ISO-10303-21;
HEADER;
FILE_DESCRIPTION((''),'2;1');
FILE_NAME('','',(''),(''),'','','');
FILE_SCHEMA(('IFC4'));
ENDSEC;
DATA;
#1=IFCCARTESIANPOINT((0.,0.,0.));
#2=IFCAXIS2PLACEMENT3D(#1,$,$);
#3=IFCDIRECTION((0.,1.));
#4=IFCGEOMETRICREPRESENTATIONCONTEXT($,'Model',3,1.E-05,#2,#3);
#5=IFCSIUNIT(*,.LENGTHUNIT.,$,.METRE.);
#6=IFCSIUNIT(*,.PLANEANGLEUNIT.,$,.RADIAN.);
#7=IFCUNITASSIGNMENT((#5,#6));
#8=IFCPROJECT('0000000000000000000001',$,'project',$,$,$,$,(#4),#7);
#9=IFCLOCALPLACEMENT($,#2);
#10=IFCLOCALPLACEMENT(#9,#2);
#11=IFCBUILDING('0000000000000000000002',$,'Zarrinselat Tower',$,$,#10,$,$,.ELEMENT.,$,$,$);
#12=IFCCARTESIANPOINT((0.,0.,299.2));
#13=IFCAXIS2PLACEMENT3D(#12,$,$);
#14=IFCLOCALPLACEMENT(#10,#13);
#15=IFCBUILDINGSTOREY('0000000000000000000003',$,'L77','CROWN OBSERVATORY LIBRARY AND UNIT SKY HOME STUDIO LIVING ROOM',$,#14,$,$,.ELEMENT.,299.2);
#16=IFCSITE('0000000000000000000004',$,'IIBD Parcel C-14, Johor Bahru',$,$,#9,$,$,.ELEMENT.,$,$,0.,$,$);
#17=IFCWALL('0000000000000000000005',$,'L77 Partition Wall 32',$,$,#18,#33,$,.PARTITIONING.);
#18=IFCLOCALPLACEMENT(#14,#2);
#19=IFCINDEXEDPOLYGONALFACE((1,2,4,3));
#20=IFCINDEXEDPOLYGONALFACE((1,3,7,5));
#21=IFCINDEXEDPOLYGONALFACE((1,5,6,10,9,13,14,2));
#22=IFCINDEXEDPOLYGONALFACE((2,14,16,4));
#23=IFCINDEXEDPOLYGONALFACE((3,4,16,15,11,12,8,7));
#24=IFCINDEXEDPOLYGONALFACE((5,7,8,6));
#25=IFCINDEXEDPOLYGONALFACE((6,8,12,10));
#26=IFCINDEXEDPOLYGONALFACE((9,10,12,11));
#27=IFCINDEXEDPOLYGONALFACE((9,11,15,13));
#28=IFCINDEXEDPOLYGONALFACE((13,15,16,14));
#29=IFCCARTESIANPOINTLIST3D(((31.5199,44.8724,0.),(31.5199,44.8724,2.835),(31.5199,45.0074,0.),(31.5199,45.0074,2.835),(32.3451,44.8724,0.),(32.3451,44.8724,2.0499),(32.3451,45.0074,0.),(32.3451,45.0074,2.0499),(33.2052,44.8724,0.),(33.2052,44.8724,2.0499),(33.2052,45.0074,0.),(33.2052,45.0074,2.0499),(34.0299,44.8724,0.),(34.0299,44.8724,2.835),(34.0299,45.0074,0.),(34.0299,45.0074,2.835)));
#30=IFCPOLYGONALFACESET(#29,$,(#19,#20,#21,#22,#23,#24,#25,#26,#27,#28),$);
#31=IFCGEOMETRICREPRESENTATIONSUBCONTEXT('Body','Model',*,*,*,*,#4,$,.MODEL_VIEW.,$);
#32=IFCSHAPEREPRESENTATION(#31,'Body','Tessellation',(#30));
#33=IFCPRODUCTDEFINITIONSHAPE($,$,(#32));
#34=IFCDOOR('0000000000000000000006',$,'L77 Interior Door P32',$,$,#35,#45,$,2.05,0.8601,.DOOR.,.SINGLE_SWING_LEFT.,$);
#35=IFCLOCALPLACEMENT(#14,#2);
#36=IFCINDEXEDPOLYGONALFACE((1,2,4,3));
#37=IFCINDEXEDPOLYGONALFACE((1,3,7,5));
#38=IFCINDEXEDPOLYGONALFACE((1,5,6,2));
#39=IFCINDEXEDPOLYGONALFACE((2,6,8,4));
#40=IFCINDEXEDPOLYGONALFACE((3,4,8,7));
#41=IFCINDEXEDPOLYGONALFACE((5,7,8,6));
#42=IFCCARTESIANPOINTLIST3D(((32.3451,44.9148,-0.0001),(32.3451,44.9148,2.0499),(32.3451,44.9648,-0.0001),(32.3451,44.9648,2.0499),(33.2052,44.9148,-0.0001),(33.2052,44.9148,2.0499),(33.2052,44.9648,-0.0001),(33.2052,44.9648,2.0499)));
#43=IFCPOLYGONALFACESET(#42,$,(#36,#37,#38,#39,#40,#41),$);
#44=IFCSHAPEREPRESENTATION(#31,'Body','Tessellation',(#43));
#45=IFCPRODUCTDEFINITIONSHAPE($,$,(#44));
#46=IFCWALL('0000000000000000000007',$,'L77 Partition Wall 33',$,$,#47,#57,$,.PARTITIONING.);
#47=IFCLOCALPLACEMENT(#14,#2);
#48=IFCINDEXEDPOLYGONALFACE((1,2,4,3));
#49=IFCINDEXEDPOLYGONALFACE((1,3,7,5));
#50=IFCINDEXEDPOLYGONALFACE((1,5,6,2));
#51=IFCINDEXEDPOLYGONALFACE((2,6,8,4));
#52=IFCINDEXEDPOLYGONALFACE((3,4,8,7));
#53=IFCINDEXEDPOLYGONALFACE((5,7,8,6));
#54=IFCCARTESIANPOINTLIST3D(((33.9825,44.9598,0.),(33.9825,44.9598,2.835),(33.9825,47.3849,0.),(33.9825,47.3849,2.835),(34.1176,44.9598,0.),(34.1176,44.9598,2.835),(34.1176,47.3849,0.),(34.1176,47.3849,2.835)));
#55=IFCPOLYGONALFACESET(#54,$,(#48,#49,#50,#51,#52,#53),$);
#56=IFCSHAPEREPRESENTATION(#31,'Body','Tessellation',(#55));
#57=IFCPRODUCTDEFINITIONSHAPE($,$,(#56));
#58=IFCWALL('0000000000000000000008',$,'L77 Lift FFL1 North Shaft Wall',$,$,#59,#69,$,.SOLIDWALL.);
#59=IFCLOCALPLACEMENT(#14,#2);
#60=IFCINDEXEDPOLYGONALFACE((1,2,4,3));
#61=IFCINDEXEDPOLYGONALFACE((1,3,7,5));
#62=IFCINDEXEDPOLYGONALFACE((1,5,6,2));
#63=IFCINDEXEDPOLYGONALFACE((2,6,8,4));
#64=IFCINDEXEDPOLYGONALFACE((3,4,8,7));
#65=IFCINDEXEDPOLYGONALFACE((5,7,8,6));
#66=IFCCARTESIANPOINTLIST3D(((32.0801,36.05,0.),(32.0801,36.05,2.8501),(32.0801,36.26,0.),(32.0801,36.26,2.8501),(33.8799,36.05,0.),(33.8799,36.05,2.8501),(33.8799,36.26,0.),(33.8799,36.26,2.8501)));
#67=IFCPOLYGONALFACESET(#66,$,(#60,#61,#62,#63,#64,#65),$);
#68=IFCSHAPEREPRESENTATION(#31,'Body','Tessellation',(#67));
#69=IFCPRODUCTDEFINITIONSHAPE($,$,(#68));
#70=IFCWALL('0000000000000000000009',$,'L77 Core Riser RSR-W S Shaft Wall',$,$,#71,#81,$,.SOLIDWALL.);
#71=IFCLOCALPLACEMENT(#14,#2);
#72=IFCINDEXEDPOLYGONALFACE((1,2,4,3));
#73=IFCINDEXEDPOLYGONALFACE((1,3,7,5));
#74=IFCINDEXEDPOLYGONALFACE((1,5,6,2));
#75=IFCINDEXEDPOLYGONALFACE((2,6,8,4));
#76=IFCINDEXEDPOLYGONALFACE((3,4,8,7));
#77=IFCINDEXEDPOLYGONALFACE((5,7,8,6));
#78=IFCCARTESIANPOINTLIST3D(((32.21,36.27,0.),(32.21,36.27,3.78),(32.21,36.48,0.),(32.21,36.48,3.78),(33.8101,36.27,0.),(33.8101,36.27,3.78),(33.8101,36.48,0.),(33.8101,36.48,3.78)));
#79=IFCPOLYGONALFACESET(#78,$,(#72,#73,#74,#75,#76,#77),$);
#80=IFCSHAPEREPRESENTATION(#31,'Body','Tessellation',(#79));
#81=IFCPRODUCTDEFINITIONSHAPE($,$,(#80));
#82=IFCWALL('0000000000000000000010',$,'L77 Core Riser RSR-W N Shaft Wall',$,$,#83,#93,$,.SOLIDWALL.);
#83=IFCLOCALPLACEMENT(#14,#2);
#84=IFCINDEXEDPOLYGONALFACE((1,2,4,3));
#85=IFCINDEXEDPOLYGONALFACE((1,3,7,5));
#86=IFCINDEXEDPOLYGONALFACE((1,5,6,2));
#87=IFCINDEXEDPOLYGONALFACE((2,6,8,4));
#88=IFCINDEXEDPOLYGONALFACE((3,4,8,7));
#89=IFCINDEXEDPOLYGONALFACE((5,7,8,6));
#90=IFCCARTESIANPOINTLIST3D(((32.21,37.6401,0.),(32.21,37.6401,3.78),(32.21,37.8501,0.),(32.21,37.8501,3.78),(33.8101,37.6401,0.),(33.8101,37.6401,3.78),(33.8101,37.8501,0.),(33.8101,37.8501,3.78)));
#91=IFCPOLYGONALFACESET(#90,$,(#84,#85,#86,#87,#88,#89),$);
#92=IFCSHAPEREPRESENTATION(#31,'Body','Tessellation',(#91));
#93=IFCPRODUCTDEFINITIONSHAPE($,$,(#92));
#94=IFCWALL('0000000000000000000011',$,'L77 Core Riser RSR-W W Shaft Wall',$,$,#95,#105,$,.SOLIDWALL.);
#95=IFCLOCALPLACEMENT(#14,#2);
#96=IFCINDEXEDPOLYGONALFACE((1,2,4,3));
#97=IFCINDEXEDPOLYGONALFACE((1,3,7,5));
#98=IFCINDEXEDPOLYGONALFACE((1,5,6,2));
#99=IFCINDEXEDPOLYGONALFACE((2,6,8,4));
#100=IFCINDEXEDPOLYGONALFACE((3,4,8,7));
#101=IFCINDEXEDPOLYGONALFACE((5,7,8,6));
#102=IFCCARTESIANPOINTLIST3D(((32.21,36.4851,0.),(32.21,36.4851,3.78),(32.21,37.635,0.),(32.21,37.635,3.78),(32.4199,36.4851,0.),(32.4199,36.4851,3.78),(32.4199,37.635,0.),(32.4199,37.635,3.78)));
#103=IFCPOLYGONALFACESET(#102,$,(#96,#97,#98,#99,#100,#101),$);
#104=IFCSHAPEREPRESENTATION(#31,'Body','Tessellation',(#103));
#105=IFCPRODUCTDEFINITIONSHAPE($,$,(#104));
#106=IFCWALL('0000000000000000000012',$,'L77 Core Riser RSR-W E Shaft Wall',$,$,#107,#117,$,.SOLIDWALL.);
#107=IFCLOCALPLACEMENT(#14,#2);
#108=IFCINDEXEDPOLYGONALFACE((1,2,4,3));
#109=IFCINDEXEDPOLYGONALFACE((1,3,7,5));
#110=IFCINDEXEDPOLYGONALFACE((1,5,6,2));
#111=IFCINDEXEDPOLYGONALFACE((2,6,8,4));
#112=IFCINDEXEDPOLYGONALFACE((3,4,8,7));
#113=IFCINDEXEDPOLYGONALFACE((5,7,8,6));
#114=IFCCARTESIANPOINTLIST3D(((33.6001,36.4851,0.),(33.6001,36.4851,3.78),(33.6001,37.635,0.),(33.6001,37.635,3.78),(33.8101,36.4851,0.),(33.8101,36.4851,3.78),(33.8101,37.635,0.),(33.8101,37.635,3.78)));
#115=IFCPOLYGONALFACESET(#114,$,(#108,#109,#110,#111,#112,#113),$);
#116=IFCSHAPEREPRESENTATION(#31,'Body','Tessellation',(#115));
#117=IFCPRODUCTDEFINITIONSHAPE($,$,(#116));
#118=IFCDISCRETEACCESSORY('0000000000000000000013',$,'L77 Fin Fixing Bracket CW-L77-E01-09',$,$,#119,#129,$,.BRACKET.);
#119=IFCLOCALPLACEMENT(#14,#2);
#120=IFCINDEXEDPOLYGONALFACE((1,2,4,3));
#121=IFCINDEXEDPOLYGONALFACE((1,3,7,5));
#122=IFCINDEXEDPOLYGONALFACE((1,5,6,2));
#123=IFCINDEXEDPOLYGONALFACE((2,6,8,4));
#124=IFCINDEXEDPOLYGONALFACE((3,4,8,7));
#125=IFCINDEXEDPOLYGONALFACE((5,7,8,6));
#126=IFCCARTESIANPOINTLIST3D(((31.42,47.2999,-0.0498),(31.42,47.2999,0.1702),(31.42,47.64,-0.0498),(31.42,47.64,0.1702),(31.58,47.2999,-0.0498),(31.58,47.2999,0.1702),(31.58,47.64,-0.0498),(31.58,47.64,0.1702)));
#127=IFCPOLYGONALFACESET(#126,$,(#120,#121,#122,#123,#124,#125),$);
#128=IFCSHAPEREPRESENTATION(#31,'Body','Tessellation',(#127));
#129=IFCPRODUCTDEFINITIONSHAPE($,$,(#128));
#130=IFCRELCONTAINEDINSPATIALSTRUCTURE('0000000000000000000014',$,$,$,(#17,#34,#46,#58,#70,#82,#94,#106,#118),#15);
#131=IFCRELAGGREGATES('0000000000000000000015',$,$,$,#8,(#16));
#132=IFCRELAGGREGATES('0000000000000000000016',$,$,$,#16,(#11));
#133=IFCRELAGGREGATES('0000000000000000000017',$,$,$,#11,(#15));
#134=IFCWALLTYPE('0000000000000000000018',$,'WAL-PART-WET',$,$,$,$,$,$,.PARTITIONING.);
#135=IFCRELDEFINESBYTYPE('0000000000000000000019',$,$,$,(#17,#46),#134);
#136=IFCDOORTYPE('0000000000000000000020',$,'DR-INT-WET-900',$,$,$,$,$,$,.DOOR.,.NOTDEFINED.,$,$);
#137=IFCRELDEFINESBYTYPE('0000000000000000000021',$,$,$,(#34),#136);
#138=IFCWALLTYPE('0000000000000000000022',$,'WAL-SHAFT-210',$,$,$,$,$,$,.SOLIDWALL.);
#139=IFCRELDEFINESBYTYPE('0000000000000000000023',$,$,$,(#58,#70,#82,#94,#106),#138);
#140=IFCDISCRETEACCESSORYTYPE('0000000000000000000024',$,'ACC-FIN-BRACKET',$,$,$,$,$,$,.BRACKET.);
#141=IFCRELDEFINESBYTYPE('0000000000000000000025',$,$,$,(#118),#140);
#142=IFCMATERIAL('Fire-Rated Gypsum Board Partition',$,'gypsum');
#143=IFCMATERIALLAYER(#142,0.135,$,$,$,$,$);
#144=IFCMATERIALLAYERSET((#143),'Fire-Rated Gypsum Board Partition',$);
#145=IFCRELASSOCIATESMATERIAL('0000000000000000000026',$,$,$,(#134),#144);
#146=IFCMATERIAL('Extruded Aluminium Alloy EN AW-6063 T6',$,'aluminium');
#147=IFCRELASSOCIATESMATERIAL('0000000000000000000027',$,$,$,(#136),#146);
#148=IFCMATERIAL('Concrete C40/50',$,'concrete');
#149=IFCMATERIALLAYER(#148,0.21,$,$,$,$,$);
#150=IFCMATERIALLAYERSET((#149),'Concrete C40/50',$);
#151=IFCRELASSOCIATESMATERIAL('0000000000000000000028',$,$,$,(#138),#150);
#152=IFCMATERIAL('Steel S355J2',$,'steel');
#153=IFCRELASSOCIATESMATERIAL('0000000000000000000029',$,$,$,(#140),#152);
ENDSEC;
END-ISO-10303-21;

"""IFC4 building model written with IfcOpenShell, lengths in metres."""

from ifc_helpers import new_model, si_unit, direction, frame, frame_2d, origin, origin_2d, place, context, subcontext, project, spatial, rectangle, extrude, material, layer, layer_set, type_object, element, fill, save


model = new_model("IFC4")

# Units and contexts
model_context = context("Model", 3, precision=1e-05, world=origin(), true_north=direction((0.0, 1.0)))
body_context = subcontext(model_context, "Body", "Model", "MODEL_VIEW")
ifc_project = project(units=[si_unit("LENGTHUNIT", "METRE"), si_unit("PLANEANGLEUNIT", "RADIAN")], contexts=[model_context])

# Site, building, storey
site_placement = place(None, origin())
site = spatial("IfcSite", under=ifc_project, at=site_placement, Name="IIBD Parcel C-14, Johor Bahru", CompositionType="ELEMENT", RefElevation=0.0)
building_placement = place(site_placement, origin())
building = spatial("IfcBuilding", under=site, at=building_placement, Name="Zarrinselat Tower", CompositionType="ELEMENT")
storey_placement = place(building_placement, frame((0.0, 0.0, 299.2)))
storey = spatial("IfcBuildingStorey", under=building, at=storey_placement, Name="L77", Description="CROWN OBSERVATORY LIBRARY AND UNIT SKY HOME STUDIO LIVING ROOM", CompositionType="ELEMENT", Elevation=299.2)

# Shared definitions
ifc_material_1 = material(Name="Fire-Rated Gypsum Board Partition", Category="gypsum")
ifc_layer_1 = layer(ifc_material_1, 0.135)
ifc_layer_set_1 = layer_set([ifc_layer_1], Name="Fire-Rated Gypsum Board Partition")
wall_type_1 = type_object("IfcWallType", Name="WAL-PART-WET", PredefinedType="PARTITIONING", material=ifc_layer_set_1)

# Wall, opening, door
wall_1_placement = place(storey_placement, frame((31.52, 44.9399, 0.0), z_axis=(0.0, 0.0, 1.0), x_axis=(1.0, 0.0, 0.0)))
wall_1 = element("IfcWall", 1, at=wall_1_placement, inside=storey, type_object=wall_type_1, Name="L77 Partition Wall 32", PredefinedType="PARTITIONING", context=body_context, shape_type="SweptSolid", body=[
    extrude(rectangle(XDim=2.51, YDim=0.135, at=frame_2d((1.2549, 0.0))), origin(), (0.0, 0.0, 1.0), 2.835),
])
opening_placement = place(wall_1_placement, frame((0.825, 0.0, 0.0)))
opening = element("IfcOpeningElement", 2, at=opening_placement, cuts=wall_1, PredefinedType="OPENING", context=body_context, shape_type="SweptSolid", body=[
    extrude(rectangle(XDim=0.8601, YDim=2.05, at=frame_2d((0.4302, 1.0249))), frame((0.0, 0.0774, 0.0), z_axis=(0.0, -1.0, 0.0), x_axis=(1.0, 0.0, 0.0)), (0.0, 0.0, 1.0), 0.155),
])
ifc_material_2 = material(Name="Extruded Aluminium Alloy EN AW-6063 T6", Category="aluminium")
door_type = type_object("IfcDoorType", Name="DR-INT-WET-900", OperationType="NOTDEFINED", PredefinedType="DOOR", material=ifc_material_2)
door_placement = place(opening_placement, origin())
door = element("IfcDoor", 3, at=door_placement, inside=storey, type_object=door_type, Name="L77 Interior Door P32", OperationType="SINGLE_SWING_LEFT", OverallHeight=2.05, OverallWidth=0.8601, PredefinedType="DOOR", context=body_context, shape_type="SweptSolid", body=[
    extrude(rectangle(XDim=0.8601, YDim=2.05, at=frame_2d((0.4302, 1.0249))), frame((0.0, 0.0249, 0.0), z_axis=(0.0, -1.0, 0.0), x_axis=(1.0, 0.0, 0.0)), (0.0, 0.0, 1.0), 0.05),
])
fill(opening, door)

# Walls
wall_2_placement = place(storey_placement, frame((34.05, 44.96, 0.0), z_axis=(0.0, 0.0, 1.0), x_axis=(0.0, 1.0, 0.0)))
element("IfcWall", 4, at=wall_2_placement, inside=storey, type_object=wall_type_1, Name="L77 Partition Wall 33", PredefinedType="PARTITIONING", context=body_context, shape_type="SweptSolid", body=[
    extrude(rectangle(XDim=2.425, YDim=0.135, at=frame_2d((1.2124, 0.0))), origin(), (0.0, 0.0, 1.0), 2.835),
])
ifc_material_3 = material(Name="Concrete C40/50", Category="concrete")
ifc_layer_2 = layer(ifc_material_3, 0.21)
ifc_layer_set_2 = layer_set([ifc_layer_2], Name="Concrete C40/50")
wall_type_2 = type_object("IfcWallType", Name="WAL-SHAFT-210", PredefinedType="SOLIDWALL", material=ifc_layer_set_2)
wall_3_placement = place(storey_placement, frame((32.0801, 36.155, 0.0), z_axis=(0.0, 0.0, 1.0), x_axis=(1.0, 0.0, 0.0)))
element("IfcWall", 5, at=wall_3_placement, inside=storey, type_object=wall_type_2, Name="L77 Lift FFL1 North Shaft Wall", PredefinedType="SOLIDWALL", context=body_context, shape_type="SweptSolid", body=[
    extrude(rectangle(XDim=1.7998, YDim=0.21, at=frame_2d((0.8999, 0.0))), origin(), (0.0, 0.0, 1.0), 2.8501),
])
for number, where, z_axis, x_axis, name in (
    (6, (32.21, 36.375, 0.0), (0.0, 0.0, 1.0), (1.0, 0.0, 0.0), "L77 Core Riser RSR-W S Shaft Wall"),
    (7, (32.21, 37.7451, 0.0), (0.0, 0.0, 1.0), (1.0, 0.0, 0.0), "L77 Core Riser RSR-W N Shaft Wall"),
):
    element("IfcWall", number, at=place(storey_placement, frame(where, z_axis=z_axis, x_axis=x_axis)), inside=storey, type_object=wall_type_2, Name=name, PredefinedType="SOLIDWALL", context=body_context, shape_type="SweptSolid", body=[
        extrude(rectangle(XDim=1.6001, YDim=0.21, at=frame_2d((0.8, 0.0))), origin(), (0.0, 0.0, 1.0), 3.78),
    ])
for number, where, z_axis, x_axis, name in (
    (8, (32.3149, 36.4851, 0.0), (0.0, 0.0, 1.0), (0.0, 1.0, 0.0), "L77 Core Riser RSR-W W Shaft Wall"),
    (9, (33.7051, 36.4851, 0.0), (0.0, 0.0, 1.0), (0.0, 1.0, 0.0), "L77 Core Riser RSR-W E Shaft Wall"),
):
    element("IfcWall", number, at=place(storey_placement, frame(where, z_axis=z_axis, x_axis=x_axis)), inside=storey, type_object=wall_type_2, Name=name, PredefinedType="SOLIDWALL", context=body_context, shape_type="SweptSolid", body=[
        extrude(rectangle(XDim=1.1499, YDim=0.21, at=frame_2d((0.575, 0.0))), origin(), (0.0, 0.0, 1.0), 3.78),
    ])

# Discrete accessory
ifc_material_4 = material(Name="Steel S355J2", Category="steel")
discrete_accessory_type = type_object("IfcDiscreteAccessoryType", Name="ACC-FIN-BRACKET", PredefinedType="BRACKET", material=ifc_material_4)
discrete_accessory_placement = place(storey_placement, frame((31.5, 47.47, -0.0498), z_axis=(0.0, 0.0, 1.0), x_axis=(0.0, 1.0, 0.0)))
element("IfcDiscreteAccessory", 10, at=discrete_accessory_placement, inside=storey, type_object=discrete_accessory_type, Name="L77 Fin Fixing Bracket CW-L77-E01-09", PredefinedType="BRACKET", context=body_context, shape_type="SweptSolid", body=[
    extrude(rectangle(XDim=0.3401, YDim=0.1599, at=origin_2d()), origin(), (0.0, 0.0, 1.0), 0.22),
])

save(model, "model.ifc")
